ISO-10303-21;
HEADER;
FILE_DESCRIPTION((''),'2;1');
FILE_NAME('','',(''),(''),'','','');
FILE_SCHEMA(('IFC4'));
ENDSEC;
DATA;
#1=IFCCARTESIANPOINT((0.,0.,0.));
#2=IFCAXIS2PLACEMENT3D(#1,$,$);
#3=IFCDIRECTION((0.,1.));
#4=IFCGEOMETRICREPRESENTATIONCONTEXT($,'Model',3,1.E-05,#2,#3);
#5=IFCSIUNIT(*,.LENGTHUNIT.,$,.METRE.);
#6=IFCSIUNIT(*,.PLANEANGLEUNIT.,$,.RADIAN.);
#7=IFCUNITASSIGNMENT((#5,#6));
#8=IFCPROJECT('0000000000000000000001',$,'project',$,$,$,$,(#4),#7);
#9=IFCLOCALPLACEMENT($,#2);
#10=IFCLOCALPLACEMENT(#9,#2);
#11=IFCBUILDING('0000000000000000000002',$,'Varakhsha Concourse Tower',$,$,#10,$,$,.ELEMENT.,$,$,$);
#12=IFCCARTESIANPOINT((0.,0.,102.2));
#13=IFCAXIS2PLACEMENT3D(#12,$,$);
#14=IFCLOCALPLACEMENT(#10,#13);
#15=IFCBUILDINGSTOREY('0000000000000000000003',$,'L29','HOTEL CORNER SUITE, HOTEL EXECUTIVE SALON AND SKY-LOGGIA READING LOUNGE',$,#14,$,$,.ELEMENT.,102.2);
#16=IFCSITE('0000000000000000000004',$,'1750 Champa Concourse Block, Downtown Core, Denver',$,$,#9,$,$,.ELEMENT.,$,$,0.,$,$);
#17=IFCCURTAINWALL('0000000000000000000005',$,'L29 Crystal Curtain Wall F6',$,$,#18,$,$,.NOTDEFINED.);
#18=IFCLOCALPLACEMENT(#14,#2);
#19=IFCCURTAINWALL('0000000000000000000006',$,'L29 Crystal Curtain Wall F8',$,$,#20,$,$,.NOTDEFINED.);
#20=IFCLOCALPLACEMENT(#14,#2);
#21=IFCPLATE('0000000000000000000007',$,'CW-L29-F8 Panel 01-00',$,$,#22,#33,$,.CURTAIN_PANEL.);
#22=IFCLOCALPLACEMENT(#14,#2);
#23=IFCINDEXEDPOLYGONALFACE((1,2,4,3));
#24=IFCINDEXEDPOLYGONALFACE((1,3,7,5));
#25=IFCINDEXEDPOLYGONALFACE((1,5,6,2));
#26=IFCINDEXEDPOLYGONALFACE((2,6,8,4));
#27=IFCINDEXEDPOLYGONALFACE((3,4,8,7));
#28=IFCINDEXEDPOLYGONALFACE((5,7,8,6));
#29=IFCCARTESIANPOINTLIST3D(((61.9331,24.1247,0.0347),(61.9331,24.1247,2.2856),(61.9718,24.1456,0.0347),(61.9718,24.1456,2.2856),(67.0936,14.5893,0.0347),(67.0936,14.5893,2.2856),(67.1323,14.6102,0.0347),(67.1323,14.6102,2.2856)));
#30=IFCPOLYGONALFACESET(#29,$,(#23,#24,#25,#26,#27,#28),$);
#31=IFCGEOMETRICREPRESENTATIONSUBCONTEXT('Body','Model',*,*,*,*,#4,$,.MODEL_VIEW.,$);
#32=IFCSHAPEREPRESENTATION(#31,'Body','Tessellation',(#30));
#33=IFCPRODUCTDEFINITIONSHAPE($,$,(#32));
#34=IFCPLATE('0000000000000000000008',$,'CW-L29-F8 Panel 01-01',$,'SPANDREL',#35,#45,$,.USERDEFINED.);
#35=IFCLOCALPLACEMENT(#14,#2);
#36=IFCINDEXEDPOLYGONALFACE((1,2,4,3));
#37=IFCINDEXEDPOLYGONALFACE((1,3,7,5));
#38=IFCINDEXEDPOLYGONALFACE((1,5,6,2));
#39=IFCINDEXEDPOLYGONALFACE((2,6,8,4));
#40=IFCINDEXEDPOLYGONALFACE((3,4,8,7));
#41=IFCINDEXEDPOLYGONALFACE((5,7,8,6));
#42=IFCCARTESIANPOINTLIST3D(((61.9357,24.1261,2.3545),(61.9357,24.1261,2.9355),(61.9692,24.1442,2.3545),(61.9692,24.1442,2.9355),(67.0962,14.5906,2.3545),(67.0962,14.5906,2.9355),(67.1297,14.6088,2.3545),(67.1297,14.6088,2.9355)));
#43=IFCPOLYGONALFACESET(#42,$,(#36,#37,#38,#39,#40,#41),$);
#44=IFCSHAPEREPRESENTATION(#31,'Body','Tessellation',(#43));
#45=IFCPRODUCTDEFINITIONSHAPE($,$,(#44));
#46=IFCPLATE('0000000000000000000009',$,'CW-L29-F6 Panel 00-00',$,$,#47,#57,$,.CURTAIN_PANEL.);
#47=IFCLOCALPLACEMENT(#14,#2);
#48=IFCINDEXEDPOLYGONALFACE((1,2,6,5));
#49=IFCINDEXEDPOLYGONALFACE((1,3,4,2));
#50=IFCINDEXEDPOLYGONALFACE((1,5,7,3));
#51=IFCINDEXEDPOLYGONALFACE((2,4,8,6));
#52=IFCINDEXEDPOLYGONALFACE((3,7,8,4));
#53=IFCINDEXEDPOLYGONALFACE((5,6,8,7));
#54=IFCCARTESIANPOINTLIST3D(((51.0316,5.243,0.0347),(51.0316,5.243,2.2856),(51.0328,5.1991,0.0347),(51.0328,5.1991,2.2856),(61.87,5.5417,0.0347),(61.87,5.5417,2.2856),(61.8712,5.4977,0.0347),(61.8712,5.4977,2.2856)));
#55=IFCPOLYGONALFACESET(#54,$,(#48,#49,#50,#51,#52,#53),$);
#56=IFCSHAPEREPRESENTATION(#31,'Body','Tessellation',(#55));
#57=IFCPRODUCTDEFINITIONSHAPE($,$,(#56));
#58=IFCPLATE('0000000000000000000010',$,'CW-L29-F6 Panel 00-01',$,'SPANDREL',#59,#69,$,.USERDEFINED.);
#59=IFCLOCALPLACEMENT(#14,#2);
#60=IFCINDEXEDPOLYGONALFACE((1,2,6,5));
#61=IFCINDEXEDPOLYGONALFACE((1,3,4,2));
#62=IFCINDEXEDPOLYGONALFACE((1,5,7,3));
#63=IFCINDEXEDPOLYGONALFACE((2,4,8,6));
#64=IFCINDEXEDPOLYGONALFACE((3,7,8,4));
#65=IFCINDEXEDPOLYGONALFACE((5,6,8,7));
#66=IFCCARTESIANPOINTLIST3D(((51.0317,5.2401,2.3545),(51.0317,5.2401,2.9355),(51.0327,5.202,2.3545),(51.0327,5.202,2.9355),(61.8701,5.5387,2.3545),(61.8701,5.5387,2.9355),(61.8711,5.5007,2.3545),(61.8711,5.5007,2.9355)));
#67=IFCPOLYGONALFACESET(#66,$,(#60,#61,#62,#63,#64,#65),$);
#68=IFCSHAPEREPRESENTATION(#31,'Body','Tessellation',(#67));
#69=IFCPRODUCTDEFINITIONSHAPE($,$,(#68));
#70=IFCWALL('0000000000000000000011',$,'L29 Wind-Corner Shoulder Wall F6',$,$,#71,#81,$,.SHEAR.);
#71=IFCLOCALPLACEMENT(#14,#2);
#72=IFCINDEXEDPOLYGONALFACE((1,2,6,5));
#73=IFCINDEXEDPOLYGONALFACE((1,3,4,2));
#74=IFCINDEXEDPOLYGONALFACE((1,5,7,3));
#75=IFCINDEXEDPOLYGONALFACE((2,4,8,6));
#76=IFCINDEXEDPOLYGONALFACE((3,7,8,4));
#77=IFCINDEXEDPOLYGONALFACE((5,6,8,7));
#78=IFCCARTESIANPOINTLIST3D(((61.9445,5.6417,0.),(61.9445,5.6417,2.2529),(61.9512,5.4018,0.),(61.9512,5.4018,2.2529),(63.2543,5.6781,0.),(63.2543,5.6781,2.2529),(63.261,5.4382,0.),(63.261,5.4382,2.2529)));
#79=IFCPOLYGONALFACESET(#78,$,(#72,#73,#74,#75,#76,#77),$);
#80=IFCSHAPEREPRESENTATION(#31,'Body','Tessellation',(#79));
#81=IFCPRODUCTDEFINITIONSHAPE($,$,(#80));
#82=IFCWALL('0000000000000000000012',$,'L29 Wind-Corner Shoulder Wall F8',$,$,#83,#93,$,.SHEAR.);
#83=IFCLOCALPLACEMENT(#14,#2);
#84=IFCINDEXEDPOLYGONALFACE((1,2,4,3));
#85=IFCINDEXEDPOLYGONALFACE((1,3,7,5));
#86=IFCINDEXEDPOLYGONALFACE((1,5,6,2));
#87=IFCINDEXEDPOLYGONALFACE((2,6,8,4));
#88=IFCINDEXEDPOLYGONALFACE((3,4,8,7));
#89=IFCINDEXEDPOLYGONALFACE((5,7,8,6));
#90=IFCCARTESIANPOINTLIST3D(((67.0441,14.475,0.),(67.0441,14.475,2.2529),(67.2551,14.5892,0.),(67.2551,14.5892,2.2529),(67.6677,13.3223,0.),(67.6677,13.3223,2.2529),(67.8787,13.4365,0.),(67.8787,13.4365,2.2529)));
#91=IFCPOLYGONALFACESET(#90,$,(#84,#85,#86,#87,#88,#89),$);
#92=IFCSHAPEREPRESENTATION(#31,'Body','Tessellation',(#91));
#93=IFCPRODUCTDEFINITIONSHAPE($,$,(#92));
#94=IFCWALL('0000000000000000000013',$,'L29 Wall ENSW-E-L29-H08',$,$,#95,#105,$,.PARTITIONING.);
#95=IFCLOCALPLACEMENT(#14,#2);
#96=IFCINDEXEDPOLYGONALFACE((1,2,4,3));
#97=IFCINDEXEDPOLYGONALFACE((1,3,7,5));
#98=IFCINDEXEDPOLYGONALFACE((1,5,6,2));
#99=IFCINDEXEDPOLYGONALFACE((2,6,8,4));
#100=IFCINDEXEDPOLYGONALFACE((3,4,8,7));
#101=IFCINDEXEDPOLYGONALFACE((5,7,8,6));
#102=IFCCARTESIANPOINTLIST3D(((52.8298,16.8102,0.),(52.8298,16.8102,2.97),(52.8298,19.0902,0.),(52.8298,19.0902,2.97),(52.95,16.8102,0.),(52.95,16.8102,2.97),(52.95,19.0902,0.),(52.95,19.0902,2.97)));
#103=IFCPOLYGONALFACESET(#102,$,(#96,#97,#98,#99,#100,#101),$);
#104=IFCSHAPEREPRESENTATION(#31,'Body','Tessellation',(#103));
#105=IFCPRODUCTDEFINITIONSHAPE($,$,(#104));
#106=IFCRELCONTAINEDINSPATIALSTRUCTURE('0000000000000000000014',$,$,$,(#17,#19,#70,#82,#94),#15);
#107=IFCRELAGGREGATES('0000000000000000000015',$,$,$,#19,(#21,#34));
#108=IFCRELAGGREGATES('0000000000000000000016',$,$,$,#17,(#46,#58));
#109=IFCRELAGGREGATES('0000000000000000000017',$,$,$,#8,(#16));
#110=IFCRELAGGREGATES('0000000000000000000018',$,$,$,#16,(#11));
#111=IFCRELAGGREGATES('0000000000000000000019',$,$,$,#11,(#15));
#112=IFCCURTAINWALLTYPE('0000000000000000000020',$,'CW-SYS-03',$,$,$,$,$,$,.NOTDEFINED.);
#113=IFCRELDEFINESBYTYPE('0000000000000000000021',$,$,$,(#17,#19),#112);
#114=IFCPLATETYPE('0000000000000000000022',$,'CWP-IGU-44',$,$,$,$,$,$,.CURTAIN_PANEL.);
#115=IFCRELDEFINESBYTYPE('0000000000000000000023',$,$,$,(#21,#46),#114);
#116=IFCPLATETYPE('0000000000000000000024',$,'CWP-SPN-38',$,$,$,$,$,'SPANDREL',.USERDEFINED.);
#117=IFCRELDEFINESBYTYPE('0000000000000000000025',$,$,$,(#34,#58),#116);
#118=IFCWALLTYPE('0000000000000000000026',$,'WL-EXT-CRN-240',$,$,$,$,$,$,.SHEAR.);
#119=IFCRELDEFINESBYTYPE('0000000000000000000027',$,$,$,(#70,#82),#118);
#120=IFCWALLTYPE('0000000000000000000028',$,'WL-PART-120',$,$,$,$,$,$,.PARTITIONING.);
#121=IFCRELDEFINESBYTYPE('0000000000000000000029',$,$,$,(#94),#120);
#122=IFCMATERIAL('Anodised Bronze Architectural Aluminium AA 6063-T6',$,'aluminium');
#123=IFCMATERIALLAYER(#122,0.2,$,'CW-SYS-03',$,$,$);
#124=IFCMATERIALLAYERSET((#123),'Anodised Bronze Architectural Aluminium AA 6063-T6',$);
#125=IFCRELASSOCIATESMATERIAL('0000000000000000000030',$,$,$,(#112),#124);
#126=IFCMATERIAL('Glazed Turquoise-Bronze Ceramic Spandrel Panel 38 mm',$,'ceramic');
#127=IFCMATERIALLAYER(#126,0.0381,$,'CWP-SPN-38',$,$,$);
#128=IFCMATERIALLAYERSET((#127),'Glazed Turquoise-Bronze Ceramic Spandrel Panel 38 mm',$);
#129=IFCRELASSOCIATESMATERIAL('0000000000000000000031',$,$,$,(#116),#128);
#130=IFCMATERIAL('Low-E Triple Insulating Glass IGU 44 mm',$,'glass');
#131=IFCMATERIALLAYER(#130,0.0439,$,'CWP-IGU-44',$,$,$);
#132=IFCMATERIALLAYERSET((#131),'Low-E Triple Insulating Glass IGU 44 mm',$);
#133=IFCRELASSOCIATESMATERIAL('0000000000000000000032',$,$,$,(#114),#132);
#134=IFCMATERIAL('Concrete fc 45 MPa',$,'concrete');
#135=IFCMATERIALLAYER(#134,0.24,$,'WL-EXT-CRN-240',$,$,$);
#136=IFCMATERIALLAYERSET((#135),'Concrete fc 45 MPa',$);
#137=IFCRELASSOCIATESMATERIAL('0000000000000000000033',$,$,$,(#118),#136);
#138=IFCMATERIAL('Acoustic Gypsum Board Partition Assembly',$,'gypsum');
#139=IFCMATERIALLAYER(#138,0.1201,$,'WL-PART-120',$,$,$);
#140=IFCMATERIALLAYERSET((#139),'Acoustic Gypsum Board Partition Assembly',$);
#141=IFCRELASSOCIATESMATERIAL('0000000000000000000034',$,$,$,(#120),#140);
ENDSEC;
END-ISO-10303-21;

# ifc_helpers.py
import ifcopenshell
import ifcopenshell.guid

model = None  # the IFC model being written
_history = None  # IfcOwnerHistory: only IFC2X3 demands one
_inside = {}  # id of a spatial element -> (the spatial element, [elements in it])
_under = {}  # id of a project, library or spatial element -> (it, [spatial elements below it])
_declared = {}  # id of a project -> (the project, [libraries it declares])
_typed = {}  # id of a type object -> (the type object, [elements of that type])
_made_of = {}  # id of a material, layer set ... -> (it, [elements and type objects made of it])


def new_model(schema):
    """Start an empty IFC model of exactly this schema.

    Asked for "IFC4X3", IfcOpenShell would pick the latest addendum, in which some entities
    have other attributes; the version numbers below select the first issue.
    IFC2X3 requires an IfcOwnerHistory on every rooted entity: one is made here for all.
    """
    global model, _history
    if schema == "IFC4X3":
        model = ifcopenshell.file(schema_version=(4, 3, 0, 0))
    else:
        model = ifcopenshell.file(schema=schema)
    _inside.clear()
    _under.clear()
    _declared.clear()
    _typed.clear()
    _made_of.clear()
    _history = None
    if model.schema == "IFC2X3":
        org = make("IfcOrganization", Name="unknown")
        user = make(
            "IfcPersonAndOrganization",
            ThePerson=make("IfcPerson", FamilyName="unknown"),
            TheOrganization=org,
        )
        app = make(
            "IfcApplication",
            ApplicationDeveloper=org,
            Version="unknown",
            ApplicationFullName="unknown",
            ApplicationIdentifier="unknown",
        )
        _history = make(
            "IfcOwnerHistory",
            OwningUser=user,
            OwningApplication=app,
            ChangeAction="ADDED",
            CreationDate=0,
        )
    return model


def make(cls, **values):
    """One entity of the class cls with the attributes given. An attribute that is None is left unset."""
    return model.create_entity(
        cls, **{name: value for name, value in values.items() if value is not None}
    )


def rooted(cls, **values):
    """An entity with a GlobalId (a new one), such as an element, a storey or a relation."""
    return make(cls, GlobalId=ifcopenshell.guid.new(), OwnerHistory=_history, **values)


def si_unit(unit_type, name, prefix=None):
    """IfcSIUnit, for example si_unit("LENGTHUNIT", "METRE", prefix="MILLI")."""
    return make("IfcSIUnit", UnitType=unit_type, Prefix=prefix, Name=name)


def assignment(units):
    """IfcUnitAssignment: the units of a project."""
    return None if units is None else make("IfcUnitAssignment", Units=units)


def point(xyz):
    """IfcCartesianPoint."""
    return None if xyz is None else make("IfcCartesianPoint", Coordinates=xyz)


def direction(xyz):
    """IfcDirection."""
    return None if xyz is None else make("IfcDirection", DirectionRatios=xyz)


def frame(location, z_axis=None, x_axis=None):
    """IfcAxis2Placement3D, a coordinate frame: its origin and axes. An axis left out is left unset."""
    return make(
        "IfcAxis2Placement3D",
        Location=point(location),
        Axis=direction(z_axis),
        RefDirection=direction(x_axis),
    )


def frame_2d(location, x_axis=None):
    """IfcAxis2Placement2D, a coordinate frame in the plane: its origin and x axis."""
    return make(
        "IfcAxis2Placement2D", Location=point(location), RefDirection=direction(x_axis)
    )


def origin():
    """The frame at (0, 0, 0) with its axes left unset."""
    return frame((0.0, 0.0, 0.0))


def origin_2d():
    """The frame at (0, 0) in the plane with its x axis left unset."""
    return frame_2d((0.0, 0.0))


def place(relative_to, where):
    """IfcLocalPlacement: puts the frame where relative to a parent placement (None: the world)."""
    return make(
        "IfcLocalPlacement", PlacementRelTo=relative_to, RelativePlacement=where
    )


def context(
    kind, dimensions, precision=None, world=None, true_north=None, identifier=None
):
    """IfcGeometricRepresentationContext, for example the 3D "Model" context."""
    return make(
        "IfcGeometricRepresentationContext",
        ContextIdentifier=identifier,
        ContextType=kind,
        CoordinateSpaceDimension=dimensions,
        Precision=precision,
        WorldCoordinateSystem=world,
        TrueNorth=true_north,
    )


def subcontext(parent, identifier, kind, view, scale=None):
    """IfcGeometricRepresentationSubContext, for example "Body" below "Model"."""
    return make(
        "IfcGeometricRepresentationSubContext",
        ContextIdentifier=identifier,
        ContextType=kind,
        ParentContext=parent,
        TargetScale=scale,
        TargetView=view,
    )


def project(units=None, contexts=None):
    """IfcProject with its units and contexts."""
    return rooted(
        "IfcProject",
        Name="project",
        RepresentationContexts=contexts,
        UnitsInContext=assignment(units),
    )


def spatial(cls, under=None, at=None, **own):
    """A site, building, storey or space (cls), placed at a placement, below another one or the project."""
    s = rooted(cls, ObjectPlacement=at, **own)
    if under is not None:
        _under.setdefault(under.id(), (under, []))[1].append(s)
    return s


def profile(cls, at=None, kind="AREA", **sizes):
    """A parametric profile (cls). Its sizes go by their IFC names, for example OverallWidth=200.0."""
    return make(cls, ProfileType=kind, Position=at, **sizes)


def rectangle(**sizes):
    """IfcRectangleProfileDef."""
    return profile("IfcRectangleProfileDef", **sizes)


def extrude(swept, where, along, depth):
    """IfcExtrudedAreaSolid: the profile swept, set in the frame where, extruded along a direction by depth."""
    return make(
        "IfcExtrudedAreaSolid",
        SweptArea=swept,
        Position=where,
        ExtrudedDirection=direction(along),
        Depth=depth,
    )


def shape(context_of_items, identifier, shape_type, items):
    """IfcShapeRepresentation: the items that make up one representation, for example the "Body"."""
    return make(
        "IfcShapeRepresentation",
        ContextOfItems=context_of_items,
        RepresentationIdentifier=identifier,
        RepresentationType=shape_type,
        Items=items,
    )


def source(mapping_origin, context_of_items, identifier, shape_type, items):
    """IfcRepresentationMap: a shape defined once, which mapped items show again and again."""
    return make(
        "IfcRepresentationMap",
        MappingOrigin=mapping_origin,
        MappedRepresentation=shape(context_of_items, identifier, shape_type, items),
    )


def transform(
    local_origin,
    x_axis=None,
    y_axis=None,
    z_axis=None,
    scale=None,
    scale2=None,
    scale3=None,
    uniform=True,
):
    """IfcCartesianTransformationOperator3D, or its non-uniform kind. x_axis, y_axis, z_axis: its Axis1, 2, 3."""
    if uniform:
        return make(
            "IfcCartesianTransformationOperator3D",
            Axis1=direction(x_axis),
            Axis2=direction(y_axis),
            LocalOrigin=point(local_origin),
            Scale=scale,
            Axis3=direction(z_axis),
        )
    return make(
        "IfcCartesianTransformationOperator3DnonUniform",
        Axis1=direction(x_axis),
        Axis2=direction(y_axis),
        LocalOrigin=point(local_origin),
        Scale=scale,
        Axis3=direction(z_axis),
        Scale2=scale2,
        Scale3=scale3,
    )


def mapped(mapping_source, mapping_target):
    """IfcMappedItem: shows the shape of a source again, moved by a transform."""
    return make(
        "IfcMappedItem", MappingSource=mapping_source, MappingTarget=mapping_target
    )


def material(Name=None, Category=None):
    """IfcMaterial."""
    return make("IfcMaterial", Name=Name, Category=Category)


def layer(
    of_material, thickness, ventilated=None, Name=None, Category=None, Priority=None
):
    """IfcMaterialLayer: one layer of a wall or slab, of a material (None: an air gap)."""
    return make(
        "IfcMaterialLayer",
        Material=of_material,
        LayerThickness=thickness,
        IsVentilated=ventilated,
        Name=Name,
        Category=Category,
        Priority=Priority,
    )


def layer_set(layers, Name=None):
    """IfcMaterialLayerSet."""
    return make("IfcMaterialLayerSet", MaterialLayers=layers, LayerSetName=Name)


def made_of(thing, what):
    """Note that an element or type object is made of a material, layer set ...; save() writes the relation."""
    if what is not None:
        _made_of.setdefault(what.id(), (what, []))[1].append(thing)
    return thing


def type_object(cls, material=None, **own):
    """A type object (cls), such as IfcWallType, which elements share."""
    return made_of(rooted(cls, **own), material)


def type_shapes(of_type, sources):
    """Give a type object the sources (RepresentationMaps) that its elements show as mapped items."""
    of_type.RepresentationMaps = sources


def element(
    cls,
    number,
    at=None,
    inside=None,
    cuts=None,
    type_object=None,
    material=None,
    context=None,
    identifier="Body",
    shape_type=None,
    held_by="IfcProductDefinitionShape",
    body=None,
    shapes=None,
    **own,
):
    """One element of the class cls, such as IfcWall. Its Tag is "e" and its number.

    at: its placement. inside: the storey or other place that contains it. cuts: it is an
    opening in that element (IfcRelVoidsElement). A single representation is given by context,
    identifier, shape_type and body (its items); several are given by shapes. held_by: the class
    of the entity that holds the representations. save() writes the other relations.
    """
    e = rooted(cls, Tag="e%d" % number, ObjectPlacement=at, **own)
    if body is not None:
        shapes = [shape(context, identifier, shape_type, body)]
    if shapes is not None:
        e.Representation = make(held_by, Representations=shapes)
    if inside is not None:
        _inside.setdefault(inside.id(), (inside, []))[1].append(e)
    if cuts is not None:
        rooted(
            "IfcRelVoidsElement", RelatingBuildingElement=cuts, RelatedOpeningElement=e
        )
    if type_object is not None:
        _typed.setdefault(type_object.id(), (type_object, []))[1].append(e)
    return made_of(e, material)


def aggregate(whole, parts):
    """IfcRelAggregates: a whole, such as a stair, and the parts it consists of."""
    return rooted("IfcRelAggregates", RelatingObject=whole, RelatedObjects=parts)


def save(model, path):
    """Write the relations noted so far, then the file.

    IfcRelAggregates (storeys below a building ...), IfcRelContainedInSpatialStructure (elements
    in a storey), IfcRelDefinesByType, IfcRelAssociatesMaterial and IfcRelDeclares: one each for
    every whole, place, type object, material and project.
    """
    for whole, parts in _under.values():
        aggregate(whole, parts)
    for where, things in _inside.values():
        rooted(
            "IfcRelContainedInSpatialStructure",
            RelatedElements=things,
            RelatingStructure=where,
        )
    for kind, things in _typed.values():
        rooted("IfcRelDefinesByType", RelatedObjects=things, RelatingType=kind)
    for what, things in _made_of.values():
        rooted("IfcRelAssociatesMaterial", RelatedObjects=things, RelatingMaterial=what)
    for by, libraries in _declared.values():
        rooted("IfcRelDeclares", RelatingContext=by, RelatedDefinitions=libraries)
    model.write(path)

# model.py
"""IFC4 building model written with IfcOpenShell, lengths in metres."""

from ifc_helpers import new_model, si_unit, direction, frame, frame_2d, origin, origin_2d, place, context, subcontext, project, spatial, rectangle, extrude, source, transform, mapped, material, layer, layer_set, type_object, type_shapes, element, aggregate, save


model = new_model("IFC4")

# Units and contexts
model_context = context("Model", 3, precision=1e-05, world=origin(), true_north=direction((0.0, 1.0)))
body_context = subcontext(model_context, "Body", "Model", "MODEL_VIEW")
ifc_project = project(units=[si_unit("LENGTHUNIT", "METRE"), si_unit("PLANEANGLEUNIT", "RADIAN")], contexts=[model_context])

# Site, building, storey
site_placement = place(None, origin())
site = spatial("IfcSite", under=ifc_project, at=site_placement, Name="1750 Champa Concourse Block, Downtown Core, Denver", CompositionType="ELEMENT", RefElevation=0.0)
building_placement = place(site_placement, origin())
building = spatial("IfcBuilding", under=site, at=building_placement, Name="Varakhsha Concourse Tower", CompositionType="ELEMENT")
storey_placement = place(building_placement, frame((0.0, 0.0, 102.2)))
storey = spatial("IfcBuildingStorey", under=building, at=storey_placement, Name="L29", Description="HOTEL CORNER SUITE, HOTEL EXECUTIVE SALON AND SKY-LOGGIA READING LOUNGE", CompositionType="ELEMENT", Elevation=102.2)

# Curtain wall
ifc_material_1 = material(Name="Anodised Bronze Architectural Aluminium AA 6063-T6", Category="aluminium")
ifc_layer_1 = layer(ifc_material_1, 0.2, Name="CW-SYS-03")
ifc_layer_set_1 = layer_set([ifc_layer_1], Name="Anodised Bronze Architectural Aluminium AA 6063-T6")
curtain_wall_type = type_object("IfcCurtainWallType", Name="CW-SYS-03", PredefinedType="NOTDEFINED", material=ifc_layer_set_1)
curtain_wall_1_placement = place(storey_placement, origin())
curtain_wall_1 = element("IfcCurtainWall", 1, at=curtain_wall_1_placement, inside=storey, type_object=curtain_wall_type, Name="L29 Crystal Curtain Wall F6", PredefinedType="NOTDEFINED")

# Curtain wall
curtain_wall_2_placement = place(storey_placement, origin())
curtain_wall_2 = element("IfcCurtainWall", 2, at=curtain_wall_2_placement, inside=storey, type_object=curtain_wall_type, Name="L29 Crystal Curtain Wall F8", PredefinedType="NOTDEFINED")

# Plates
ifc_material_2 = material(Name="Glazed Turquoise-Bronze Ceramic Spandrel Panel 38 mm", Category="ceramic")
ifc_layer_2 = layer(ifc_material_2, 0.0381, Name="CWP-SPN-38")
ifc_layer_set_2 = layer_set([ifc_layer_2], Name="Glazed Turquoise-Bronze Ceramic Spandrel Panel 38 mm")
plate_type_1 = type_object("IfcPlateType", Name="CWP-SPN-38", ElementType="SPANDREL", PredefinedType="USERDEFINED", material=ifc_layer_set_2)
ifc_material_3 = material(Name="Low-E Triple Insulating Glass IGU 44 mm", Category="glass")
ifc_layer_3 = layer(ifc_material_3, 0.0439, Name="CWP-IGU-44")
ifc_layer_set_3 = layer_set([ifc_layer_3], Name="Low-E Triple Insulating Glass IGU 44 mm")
plate_type_2 = type_object("IfcPlateType", Name="CWP-IGU-44", PredefinedType="CURTAIN_PANEL", material=ifc_layer_set_3)
shared_shape_1 = source(origin(), body_context, "Body", "SweptSolid", [
    extrude(rectangle(XDim=10.8423, YDim=0.0439, at=origin_2d()), origin(), (0.0, 0.0, 1.0), 2.251),
])
plate_1_placement = place(storey_placement, frame((64.5327, 19.3674, 0.0347), z_axis=(0.0, 0.0, 1.0), x_axis=(0.475959, -0.879468, 0.0)))
plate_1 = element("IfcPlate", 3, at=plate_1_placement, type_object=plate_type_2, Name="CW-L29-F8 Panel 01-00", PredefinedType="CURTAIN_PANEL", context=body_context, shape_type="MappedRepresentation", body=[
    mapped(shared_shape_1, transform((0.0, 0.0, 0.0), scale=1.0)),
])
shared_shape_2 = source(origin(), body_context, "Body", "SweptSolid", [
    extrude(rectangle(XDim=10.8423, YDim=0.0381, at=origin_2d()), origin(), (0.0, 0.0, 1.0), 0.5811),
])
plate_2_placement = place(storey_placement, frame((64.5327, 19.3674, 2.3545), z_axis=(0.0, 0.0, 1.0), x_axis=(0.475959, -0.879468, 0.0)))
plate_2 = element("IfcPlate", 4, at=plate_2_placement, type_object=plate_type_1, Name="CW-L29-F8 Panel 01-01", ObjectType="SPANDREL", PredefinedType="USERDEFINED", context=body_context, shape_type="MappedRepresentation", body=[
    mapped(shared_shape_2, transform((0.0, 0.0, 0.0), scale=1.0)),
])
aggregate(curtain_wall_2, [plate_1, plate_2])
shared_shape_3 = source(origin(), body_context, "Body", "SweptSolid", [
    extrude(rectangle(XDim=10.8425, YDim=0.0439, at=origin_2d()), origin(), (0.0, 0.0, 1.0), 2.251),
])
type_shapes(plate_type_2, [shared_shape_1, shared_shape_3])
plate_3_placement = place(storey_placement, frame((56.4514, 5.3704, 0.0347), z_axis=(0.0, 0.0, 1.0), x_axis=(-0.999621, -0.027547, 0.0)))
plate_3 = element("IfcPlate", 5, at=plate_3_placement, type_object=plate_type_2, Name="CW-L29-F6 Panel 00-00", PredefinedType="CURTAIN_PANEL", context=body_context, shape_type="MappedRepresentation", body=[
    mapped(shared_shape_3, transform((0.0, 0.0, 0.0), scale=1.0)),
])
shared_shape_4 = source(origin(), body_context, "Body", "SweptSolid", [
    extrude(rectangle(XDim=10.8425, YDim=0.0381, at=origin_2d()), origin(), (0.0, 0.0, 1.0), 0.5811),
])
plate_4_placement = place(storey_placement, frame((56.4514, 5.3704, 2.3545), z_axis=(0.0, 0.0, 1.0), x_axis=(-0.999621, -0.027547, 0.0)))
plate_4 = element("IfcPlate", 6, at=plate_4_placement, type_object=plate_type_1, Name="CW-L29-F6 Panel 00-01", ObjectType="SPANDREL", PredefinedType="USERDEFINED", context=body_context, shape_type="MappedRepresentation", body=[
    mapped(shared_shape_4, transform((0.0, 0.0, 0.0), scale=1.0)),
])
aggregate(curtain_wall_1, [plate_3, plate_4])

# Walls
ifc_material_4 = material(Name="Concrete fc 45 MPa", Category="concrete")
ifc_layer_4 = layer(ifc_material_4, 0.24, Name="WL-EXT-CRN-240")
ifc_layer_set_4 = layer_set([ifc_layer_4], Name="Concrete fc 45 MPa")
wall_type_1 = type_object("IfcWallType", Name="WL-EXT-CRN-240", PredefinedType="SHEAR", material=ifc_layer_set_4)
wall_1_placement = place(storey_placement, frame((61.9478, 5.5217, 0.0), z_axis=(0.0, 0.0, 1.0), x_axis=(0.999615, 0.027762, 0.0)))
element("IfcWall", 7, at=wall_1_placement, inside=storey, type_object=wall_type_1, Name="L29 Wind-Corner Shoulder Wall F6", PredefinedType="SHEAR", context=body_context, shape_type="SweptSolid", body=[
    extrude(rectangle(XDim=1.3103, YDim=0.24, at=frame_2d((0.6553, 0.0))), origin(), (0.0, 0.0, 1.0), 2.2529),
])
wall_2_placement = place(storey_placement, frame((67.7732, 13.3794, 0.0), z_axis=(0.0, 0.0, 1.0), x_axis=(-0.475821, 0.879542, 0.0)))
element("IfcWall", 8, at=wall_2_placement, inside=storey, type_object=wall_type_1, Name="L29 Wind-Corner Shoulder Wall F8", PredefinedType="SHEAR", context=body_context, shape_type="SweptSolid", body=[
    extrude(rectangle(XDim=1.3105, YDim=0.24, at=frame_2d((0.6553, 0.0))), origin(), (0.0, 0.0, 1.0), 2.2529),
])
ifc_material_5 = material(Name="Acoustic Gypsum Board Partition Assembly", Category="gypsum")
ifc_layer_5 = layer(ifc_material_5, 0.1201, Name="WL-PART-120")
ifc_layer_set_5 = layer_set([ifc_layer_5], Name="Acoustic Gypsum Board Partition Assembly")
wall_type_2 = type_object("IfcWallType", Name="WL-PART-120", PredefinedType="PARTITIONING", material=ifc_layer_set_5)
wall_3_placement = place(storey_placement, frame((52.8899, 16.8101, 0.0), z_axis=(0.0, 0.0, 1.0), x_axis=(0.0, 1.0, 0.0)))
element("IfcWall", 9, at=wall_3_placement, inside=storey, type_object=wall_type_2, Name="L29 Wall ENSW-E-L29-H08", PredefinedType="PARTITIONING", context=body_context, shape_type="SweptSolid", body=[
    extrude(rectangle(XDim=2.28, YDim=0.1201, at=frame_2d((1.1401, 0.0))), origin(), (0.0, 0.0, 1.0), 2.97),
])

save(model, "model.ifc")
